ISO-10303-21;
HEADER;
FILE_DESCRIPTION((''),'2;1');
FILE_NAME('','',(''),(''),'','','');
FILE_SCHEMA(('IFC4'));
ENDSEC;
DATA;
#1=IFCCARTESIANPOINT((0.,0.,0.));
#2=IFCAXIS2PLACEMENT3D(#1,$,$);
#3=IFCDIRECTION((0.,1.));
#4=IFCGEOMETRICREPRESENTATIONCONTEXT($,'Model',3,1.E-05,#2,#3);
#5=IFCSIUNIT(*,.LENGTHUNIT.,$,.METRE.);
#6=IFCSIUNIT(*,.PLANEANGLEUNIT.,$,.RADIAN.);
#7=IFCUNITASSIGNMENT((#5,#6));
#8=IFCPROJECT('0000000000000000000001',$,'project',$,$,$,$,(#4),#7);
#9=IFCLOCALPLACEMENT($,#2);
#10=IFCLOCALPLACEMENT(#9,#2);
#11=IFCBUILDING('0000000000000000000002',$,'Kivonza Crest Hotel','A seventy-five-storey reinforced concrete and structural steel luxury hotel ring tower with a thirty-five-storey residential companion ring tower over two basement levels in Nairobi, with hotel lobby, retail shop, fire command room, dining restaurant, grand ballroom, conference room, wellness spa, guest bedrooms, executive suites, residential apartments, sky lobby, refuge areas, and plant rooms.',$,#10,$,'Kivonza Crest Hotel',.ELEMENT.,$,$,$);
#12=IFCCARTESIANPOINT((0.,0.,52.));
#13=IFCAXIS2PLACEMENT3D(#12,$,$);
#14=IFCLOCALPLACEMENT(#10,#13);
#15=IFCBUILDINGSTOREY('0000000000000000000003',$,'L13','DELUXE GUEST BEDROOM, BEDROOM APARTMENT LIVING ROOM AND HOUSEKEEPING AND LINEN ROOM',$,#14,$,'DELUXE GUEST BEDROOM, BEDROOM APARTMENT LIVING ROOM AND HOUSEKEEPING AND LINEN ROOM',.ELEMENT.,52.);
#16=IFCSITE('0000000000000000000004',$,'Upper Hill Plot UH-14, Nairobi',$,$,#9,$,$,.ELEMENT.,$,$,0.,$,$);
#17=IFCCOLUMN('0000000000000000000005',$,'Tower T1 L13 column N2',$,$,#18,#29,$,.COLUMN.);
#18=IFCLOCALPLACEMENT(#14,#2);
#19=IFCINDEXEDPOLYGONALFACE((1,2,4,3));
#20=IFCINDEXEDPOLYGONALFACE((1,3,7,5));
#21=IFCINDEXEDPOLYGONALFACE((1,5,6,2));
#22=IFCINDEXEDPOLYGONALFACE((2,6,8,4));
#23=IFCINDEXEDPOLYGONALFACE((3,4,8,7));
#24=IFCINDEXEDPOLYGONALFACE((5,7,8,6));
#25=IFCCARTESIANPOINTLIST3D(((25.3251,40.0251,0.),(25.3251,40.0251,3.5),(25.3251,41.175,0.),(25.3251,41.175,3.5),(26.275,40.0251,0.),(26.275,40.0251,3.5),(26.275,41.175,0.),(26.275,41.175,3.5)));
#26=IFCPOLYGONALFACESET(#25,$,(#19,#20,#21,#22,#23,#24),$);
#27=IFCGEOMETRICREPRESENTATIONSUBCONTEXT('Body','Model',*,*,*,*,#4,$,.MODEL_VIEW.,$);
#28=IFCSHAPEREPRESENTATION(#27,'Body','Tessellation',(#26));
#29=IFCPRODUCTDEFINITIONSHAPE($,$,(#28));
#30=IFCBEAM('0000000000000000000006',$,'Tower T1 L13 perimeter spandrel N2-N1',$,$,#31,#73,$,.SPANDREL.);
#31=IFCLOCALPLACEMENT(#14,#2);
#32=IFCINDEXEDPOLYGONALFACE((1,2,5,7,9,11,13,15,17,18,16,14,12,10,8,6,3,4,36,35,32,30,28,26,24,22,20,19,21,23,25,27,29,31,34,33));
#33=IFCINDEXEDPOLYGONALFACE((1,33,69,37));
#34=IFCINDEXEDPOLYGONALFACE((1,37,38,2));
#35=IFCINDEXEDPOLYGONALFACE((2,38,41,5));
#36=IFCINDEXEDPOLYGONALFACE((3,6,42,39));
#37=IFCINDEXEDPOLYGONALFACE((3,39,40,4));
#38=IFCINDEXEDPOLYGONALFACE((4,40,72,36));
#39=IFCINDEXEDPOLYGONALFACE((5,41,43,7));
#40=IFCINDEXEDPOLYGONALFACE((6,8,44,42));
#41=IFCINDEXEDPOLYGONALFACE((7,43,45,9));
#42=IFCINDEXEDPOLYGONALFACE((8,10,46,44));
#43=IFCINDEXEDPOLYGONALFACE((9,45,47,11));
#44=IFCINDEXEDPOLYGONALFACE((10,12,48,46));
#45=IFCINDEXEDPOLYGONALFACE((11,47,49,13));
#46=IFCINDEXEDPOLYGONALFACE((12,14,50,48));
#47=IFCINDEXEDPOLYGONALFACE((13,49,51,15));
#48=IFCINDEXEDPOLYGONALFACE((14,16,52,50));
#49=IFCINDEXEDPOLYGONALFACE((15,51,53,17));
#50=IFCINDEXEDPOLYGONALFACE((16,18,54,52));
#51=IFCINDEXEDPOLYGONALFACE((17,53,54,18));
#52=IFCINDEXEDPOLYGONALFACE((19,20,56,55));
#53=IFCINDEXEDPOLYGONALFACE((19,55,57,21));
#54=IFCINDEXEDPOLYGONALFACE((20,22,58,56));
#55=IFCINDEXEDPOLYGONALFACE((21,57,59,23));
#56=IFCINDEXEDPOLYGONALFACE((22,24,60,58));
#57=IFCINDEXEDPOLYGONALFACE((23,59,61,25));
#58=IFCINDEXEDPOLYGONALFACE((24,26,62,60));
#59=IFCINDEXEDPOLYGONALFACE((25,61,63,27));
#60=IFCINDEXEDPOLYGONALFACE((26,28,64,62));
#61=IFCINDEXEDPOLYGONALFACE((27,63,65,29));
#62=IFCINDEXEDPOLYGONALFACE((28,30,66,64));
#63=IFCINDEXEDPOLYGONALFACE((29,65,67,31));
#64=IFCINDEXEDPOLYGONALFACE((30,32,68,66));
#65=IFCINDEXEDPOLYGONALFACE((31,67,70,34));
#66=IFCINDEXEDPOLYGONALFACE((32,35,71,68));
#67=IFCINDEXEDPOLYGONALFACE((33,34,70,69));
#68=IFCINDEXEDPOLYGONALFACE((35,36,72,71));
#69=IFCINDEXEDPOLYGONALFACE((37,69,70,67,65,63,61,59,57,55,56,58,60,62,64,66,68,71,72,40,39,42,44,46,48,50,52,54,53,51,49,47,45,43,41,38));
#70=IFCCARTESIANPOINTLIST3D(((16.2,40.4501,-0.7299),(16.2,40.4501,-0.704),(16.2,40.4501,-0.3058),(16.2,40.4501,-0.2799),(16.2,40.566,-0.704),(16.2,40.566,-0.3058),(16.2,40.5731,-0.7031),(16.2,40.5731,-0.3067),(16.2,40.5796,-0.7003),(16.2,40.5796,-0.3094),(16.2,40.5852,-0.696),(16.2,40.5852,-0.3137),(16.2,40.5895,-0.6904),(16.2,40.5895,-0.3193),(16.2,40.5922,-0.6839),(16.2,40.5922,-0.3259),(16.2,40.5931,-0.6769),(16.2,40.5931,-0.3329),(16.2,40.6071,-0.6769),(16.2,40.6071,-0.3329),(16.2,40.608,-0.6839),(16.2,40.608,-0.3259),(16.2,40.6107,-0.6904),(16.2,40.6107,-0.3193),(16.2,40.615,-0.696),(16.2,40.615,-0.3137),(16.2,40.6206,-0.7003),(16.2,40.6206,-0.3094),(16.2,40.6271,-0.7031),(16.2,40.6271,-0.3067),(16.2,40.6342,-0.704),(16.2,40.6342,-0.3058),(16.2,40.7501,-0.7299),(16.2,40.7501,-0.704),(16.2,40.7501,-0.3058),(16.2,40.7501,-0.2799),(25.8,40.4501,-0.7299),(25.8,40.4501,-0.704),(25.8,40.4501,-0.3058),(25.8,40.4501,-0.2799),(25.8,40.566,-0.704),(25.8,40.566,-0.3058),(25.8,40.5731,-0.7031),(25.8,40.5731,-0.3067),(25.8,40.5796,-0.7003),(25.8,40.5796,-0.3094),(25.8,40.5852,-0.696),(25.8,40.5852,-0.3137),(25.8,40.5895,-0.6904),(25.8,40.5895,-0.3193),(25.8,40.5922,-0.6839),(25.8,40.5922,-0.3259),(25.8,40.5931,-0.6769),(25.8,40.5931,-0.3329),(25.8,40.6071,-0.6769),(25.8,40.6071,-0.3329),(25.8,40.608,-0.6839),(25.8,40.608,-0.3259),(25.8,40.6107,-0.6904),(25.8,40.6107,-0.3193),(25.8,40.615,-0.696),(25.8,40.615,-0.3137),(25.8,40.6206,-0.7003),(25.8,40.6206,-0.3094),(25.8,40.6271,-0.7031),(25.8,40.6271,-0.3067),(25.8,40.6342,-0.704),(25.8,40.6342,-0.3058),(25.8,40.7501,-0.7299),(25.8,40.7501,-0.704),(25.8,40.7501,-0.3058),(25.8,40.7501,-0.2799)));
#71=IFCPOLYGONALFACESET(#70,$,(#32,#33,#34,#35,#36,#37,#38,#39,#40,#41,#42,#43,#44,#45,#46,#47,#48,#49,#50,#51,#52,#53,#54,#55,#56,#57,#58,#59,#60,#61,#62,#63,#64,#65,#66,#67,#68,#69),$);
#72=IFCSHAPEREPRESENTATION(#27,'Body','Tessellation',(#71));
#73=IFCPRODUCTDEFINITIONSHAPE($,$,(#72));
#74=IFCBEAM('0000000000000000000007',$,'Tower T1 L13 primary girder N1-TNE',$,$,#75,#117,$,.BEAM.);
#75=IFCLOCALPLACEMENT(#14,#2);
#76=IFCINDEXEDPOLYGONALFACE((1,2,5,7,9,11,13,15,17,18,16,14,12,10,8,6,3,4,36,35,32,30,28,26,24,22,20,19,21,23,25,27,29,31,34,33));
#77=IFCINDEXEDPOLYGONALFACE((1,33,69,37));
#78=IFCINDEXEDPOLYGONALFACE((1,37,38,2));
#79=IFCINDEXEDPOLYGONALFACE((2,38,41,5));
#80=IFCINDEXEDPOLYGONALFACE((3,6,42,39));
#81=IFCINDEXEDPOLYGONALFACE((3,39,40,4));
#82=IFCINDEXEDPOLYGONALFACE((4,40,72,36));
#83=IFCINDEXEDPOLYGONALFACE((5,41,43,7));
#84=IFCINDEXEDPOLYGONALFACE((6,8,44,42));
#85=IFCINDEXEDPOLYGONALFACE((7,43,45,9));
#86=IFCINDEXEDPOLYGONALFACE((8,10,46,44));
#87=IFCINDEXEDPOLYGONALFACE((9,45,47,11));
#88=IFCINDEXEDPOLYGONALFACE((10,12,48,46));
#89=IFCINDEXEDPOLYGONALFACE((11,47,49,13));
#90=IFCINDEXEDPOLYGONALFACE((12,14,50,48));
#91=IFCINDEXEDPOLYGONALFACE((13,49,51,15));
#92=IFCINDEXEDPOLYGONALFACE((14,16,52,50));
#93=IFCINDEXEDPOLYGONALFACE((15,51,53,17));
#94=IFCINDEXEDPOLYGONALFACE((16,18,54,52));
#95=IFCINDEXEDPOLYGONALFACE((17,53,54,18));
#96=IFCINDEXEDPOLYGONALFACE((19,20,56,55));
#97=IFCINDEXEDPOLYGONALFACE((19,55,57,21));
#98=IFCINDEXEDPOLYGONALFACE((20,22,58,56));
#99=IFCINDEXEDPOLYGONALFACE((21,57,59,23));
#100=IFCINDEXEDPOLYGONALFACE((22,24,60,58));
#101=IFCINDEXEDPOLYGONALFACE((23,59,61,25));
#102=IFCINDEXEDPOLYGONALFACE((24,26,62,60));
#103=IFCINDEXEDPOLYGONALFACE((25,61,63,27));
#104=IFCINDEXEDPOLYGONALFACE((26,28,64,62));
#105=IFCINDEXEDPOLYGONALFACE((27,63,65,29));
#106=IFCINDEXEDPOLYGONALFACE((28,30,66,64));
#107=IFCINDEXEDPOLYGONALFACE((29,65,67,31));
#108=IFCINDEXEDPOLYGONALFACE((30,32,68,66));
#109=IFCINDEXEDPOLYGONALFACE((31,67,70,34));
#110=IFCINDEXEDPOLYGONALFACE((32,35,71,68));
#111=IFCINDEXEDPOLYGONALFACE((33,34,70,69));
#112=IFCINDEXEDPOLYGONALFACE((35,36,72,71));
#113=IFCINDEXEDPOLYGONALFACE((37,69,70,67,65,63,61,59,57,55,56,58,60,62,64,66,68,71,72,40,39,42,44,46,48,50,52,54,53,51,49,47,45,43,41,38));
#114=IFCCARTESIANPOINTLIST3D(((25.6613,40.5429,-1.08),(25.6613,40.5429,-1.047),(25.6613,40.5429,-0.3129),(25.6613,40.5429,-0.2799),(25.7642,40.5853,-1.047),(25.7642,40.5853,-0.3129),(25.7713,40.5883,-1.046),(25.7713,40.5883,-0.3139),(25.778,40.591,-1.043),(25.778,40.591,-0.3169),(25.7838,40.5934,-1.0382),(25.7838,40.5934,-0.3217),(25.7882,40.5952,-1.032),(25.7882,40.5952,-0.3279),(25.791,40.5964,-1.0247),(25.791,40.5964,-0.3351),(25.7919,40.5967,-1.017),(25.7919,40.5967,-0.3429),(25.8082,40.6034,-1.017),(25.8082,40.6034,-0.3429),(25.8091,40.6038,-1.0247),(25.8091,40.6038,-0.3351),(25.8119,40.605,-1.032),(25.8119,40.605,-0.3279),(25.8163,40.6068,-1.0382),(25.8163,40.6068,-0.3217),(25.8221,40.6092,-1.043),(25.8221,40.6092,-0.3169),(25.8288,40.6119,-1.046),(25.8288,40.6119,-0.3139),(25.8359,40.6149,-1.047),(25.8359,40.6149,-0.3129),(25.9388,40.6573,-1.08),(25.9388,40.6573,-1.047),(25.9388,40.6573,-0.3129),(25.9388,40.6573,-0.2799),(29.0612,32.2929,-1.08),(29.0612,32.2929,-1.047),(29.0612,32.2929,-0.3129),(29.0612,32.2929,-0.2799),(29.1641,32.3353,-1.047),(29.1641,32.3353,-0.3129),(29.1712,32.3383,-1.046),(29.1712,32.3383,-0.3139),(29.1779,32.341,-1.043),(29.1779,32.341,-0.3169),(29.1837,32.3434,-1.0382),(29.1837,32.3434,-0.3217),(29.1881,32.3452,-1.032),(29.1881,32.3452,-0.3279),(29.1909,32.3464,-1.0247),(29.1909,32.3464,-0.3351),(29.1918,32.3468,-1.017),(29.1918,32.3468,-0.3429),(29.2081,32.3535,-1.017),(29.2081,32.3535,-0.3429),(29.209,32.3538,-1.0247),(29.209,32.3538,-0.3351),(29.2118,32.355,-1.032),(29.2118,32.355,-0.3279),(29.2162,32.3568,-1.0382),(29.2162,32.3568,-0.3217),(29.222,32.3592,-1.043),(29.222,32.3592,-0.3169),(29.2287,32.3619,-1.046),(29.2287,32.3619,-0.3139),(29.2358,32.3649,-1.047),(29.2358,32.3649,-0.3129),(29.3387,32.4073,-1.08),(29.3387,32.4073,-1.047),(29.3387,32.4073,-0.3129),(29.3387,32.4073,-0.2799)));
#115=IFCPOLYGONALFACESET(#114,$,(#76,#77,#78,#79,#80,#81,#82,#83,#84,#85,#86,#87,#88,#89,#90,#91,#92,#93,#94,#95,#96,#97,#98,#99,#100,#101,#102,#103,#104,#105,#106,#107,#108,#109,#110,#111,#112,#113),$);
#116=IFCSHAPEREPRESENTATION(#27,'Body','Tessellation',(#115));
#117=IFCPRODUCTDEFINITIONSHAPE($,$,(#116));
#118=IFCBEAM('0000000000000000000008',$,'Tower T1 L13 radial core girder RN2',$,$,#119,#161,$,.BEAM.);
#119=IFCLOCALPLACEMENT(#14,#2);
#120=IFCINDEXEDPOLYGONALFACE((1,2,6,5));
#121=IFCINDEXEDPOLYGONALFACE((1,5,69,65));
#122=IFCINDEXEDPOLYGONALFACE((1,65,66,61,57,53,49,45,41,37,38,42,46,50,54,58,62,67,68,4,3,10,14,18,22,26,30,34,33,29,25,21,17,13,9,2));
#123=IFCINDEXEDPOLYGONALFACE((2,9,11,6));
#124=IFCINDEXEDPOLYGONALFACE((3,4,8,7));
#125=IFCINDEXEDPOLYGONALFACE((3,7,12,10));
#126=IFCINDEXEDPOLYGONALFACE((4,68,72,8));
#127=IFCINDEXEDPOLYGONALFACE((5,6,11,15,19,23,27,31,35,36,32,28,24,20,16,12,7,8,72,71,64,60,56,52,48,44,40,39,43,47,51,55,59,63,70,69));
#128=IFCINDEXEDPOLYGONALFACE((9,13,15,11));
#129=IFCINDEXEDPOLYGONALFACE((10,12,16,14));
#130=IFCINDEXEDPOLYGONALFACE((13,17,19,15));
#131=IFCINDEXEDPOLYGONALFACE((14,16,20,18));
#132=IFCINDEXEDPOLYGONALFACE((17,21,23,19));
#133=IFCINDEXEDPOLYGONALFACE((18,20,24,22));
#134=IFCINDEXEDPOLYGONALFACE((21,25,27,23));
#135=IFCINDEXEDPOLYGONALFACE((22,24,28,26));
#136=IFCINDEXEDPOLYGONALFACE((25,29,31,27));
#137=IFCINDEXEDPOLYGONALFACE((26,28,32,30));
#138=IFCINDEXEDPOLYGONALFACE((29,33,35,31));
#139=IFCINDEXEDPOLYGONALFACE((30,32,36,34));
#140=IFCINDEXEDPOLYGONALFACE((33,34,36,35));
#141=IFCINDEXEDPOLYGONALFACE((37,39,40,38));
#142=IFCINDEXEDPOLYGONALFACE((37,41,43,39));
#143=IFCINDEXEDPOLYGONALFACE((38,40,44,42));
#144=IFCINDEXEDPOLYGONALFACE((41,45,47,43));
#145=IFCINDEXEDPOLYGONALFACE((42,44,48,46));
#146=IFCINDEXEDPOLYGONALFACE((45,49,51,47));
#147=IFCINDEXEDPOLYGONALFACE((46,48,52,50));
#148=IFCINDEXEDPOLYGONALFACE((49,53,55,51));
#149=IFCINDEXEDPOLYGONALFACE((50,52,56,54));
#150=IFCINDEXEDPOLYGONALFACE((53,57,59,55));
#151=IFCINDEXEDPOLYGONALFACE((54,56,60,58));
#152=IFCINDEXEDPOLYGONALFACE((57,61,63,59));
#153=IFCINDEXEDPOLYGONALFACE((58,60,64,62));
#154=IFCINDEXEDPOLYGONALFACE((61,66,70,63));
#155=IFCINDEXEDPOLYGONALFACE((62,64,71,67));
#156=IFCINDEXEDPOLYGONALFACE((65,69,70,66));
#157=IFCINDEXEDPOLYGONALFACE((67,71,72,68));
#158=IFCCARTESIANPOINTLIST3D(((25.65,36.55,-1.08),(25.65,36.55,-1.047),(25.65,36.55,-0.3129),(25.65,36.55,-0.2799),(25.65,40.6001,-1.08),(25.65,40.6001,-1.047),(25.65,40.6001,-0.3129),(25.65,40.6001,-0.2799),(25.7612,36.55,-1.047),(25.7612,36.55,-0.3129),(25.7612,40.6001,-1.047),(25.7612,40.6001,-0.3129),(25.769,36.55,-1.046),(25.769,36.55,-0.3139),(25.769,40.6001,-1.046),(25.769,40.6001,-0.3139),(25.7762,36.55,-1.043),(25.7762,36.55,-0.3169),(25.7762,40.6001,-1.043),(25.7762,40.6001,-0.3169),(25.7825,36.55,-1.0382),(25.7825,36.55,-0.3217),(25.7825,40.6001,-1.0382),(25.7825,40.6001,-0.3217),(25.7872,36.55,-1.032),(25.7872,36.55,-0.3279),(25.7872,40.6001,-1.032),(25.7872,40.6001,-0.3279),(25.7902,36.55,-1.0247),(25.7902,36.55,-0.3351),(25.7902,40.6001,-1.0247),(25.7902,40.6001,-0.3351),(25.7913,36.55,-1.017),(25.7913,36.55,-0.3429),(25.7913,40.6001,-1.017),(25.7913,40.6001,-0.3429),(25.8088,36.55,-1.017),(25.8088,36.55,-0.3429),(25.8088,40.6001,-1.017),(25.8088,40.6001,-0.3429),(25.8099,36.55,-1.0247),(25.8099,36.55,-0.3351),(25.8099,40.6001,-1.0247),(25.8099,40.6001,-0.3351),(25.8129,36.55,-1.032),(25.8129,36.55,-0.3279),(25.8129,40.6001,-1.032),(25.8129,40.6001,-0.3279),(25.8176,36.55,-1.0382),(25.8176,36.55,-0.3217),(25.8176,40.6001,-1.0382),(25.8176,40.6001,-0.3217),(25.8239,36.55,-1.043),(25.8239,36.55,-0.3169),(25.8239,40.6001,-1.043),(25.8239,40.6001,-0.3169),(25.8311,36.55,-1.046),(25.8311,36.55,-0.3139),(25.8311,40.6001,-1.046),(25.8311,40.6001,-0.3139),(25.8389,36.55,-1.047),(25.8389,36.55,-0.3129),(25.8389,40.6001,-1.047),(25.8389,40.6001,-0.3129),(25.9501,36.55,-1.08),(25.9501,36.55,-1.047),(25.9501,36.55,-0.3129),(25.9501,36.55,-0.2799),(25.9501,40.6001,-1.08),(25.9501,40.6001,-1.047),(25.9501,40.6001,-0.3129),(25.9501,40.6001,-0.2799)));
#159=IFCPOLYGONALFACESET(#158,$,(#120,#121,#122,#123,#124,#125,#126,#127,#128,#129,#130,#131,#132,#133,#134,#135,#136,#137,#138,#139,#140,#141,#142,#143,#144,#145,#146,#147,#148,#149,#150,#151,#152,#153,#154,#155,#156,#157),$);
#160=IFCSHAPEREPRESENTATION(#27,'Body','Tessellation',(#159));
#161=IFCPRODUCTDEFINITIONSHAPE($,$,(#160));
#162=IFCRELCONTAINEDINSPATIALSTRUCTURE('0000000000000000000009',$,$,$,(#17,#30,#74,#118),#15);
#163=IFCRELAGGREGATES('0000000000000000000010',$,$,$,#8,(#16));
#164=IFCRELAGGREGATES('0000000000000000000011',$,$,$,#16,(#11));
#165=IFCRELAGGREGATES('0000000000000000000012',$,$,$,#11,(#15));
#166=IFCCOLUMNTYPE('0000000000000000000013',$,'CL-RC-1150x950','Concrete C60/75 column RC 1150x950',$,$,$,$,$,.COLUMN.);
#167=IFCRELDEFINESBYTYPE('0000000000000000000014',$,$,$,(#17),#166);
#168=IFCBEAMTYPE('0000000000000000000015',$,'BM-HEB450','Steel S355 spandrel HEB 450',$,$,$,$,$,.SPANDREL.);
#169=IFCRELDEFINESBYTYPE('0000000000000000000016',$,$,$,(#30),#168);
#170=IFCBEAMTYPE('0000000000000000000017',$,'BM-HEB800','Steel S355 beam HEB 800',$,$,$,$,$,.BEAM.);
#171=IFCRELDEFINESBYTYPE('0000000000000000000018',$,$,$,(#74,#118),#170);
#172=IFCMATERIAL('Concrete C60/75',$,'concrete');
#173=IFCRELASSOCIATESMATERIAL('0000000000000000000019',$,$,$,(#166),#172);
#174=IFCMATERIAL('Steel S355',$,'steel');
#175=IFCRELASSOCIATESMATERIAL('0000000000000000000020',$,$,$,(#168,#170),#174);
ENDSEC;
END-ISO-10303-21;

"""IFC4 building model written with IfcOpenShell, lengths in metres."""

from ifc_helpers import new_model, si_unit, direction, frame, origin, origin_2d, place, context, subcontext, project, spatial, rectangle, i_section, extrude, material, material_profile, profile_set, type_object, element, save


model = new_model("IFC4")

# Units and contexts
model_context = context("Model", 3, precision=1e-05, world=origin(), true_north=direction((0.0, 1.0)))
body_context = subcontext(model_context, "Body", "Model", "MODEL_VIEW")
ifc_project = project(units=[si_unit("LENGTHUNIT", "METRE"), si_unit("PLANEANGLEUNIT", "RADIAN")], contexts=[model_context])

# Site, building, storey
site_placement = place(None, origin())
site = spatial("IfcSite", under=ifc_project, at=site_placement, Name="Upper Hill Plot UH-14, Nairobi", CompositionType="ELEMENT", RefElevation=0.0)
building_placement = place(site_placement, origin())
building = spatial("IfcBuilding", under=site, at=building_placement, Name="Kivonza Crest Hotel", Description="A seventy-five-storey reinforced concrete and structural steel luxury hotel ring tower with a thirty-five-storey residential companion ring tower over two basement levels in Nairobi, with hotel lobby, retail shop, fire command room, dining restaurant, grand ballroom, conference room, wellness spa, guest bedrooms, executive suites, residential apartments, sky lobby, refuge areas, and plant rooms.", LongName="Kivonza Crest Hotel", CompositionType="ELEMENT")
storey_placement = place(building_placement, frame((0.0, 0.0, 52.0)))
storey = spatial("IfcBuildingStorey", under=building, at=storey_placement, Name="L13", Description="DELUXE GUEST BEDROOM, BEDROOM APARTMENT LIVING ROOM AND HOUSEKEEPING AND LINEN ROOM", LongName="DELUXE GUEST BEDROOM, BEDROOM APARTMENT LIVING ROOM AND HOUSEKEEPING AND LINEN ROOM", CompositionType="ELEMENT", Elevation=52.0)

# Column
ifc_material_1 = material(Name="Concrete C60/75", Category="concrete")
ifc_material_profile_1 = material_profile(ifc_material_1, rectangle(XDim=0.95, YDim=1.1499, at=origin_2d()), Name="RC 1150x950")
ifc_profile_set_1 = profile_set([ifc_material_profile_1], Name="Concrete C60/75")
column_type = type_object("IfcColumnType", Name="CL-RC-1150x950", Description="Concrete C60/75 column RC 1150x950", PredefinedType="COLUMN", material=ifc_profile_set_1)
column_placement = place(storey_placement, frame((25.8, 40.6001, 0.0), z_axis=(0.0, 0.0, 1.0), x_axis=(1.0, 0.0, 0.0)))
element("IfcColumn", 1, at=column_placement, inside=storey, type_object=column_type, Name="Tower T1 L13 column N2", PredefinedType="COLUMN", context=body_context, shape_type="SweptSolid", body=[
    extrude(rectangle(XDim=0.95, YDim=1.1499, at=origin_2d()), origin(), (0.0, 0.0, 1.0), 3.5),
])

# Beams
ifc_material_2 = material(Name="Steel S355", Category="steel")
ifc_material_profile_2 = material_profile(ifc_material_2, i_section(OverallWidth=0.3, OverallDepth=0.45, WebThickness=0.0139, FlangeThickness=0.0259, FilletRadius=0.0271, at=origin_2d()), Name="HEB 450")
ifc_profile_set_2 = profile_set([ifc_material_profile_2], Name="Steel S355")
beam_type_1 = type_object("IfcBeamType", Name="BM-HEB450", Description="Steel S355 spandrel HEB 450", PredefinedType="SPANDREL", material=ifc_profile_set_2)
beam_1_placement = place(storey_placement, frame((25.8, 40.6001, -0.5049), z_axis=(-1.0, 0.0, 0.0), x_axis=(0.0, -1.0, 0.0)))
element("IfcBeam", 2, at=beam_1_placement, inside=storey, type_object=beam_type_1, Name="Tower T1 L13 perimeter spandrel N2-N1", PredefinedType="SPANDREL", context=body_context, shape_type="SweptSolid", body=[
    extrude(i_section(OverallWidth=0.3, OverallDepth=0.45, WebThickness=0.0139, FlangeThickness=0.0259, FilletRadius=0.0271, at=origin_2d()), origin(), (0.0, 0.0, 1.0), 9.6001),
])
ifc_material_profile_3 = material_profile(ifc_material_2, i_section(OverallWidth=0.3, OverallDepth=0.8, WebThickness=0.0176, FlangeThickness=0.033, FilletRadius=0.03, at=origin_2d()), Name="HEB 800")
ifc_profile_set_3 = profile_set([ifc_material_profile_3], Name="Steel S355")
beam_type_2 = type_object("IfcBeamType", Name="BM-HEB800", Description="Steel S355 beam HEB 800", PredefinedType="BEAM", material=ifc_profile_set_3)
beam_2_placement = place(storey_placement, frame((25.8, 40.6001, -0.6799), z_axis=(0.381022, -0.924566, 0.0), x_axis=(0.924566, 0.381022, 0.0)))
element("IfcBeam", 3, at=beam_2_placement, inside=storey, type_object=beam_type_2, Name="Tower T1 L13 primary girder N1-TNE", PredefinedType="BEAM", context=body_context, shape_type="SweptSolid", body=[
    extrude(i_section(OverallWidth=0.3, OverallDepth=0.8, WebThickness=0.0176, FlangeThickness=0.033, FilletRadius=0.03, at=origin_2d()), origin(), (0.0, 0.0, 1.0), 8.9231),
])
beam_3_placement = place(storey_placement, frame((25.8, 40.6001, -0.6799), z_axis=(0.0, -1.0, 0.0), x_axis=(1.0, 0.0, 0.0)))
element("IfcBeam", 4, at=beam_3_placement, inside=storey, type_object=beam_type_2, Name="Tower T1 L13 radial core girder RN2", PredefinedType="BEAM", context=body_context, shape_type="SweptSolid", body=[
    extrude(i_section(OverallWidth=0.3, OverallDepth=0.8, WebThickness=0.0176, FlangeThickness=0.033, FilletRadius=0.03, at=origin_2d()), origin(), (0.0, 0.0, 1.0), 4.05),
])

save(model, "model.ifc")
